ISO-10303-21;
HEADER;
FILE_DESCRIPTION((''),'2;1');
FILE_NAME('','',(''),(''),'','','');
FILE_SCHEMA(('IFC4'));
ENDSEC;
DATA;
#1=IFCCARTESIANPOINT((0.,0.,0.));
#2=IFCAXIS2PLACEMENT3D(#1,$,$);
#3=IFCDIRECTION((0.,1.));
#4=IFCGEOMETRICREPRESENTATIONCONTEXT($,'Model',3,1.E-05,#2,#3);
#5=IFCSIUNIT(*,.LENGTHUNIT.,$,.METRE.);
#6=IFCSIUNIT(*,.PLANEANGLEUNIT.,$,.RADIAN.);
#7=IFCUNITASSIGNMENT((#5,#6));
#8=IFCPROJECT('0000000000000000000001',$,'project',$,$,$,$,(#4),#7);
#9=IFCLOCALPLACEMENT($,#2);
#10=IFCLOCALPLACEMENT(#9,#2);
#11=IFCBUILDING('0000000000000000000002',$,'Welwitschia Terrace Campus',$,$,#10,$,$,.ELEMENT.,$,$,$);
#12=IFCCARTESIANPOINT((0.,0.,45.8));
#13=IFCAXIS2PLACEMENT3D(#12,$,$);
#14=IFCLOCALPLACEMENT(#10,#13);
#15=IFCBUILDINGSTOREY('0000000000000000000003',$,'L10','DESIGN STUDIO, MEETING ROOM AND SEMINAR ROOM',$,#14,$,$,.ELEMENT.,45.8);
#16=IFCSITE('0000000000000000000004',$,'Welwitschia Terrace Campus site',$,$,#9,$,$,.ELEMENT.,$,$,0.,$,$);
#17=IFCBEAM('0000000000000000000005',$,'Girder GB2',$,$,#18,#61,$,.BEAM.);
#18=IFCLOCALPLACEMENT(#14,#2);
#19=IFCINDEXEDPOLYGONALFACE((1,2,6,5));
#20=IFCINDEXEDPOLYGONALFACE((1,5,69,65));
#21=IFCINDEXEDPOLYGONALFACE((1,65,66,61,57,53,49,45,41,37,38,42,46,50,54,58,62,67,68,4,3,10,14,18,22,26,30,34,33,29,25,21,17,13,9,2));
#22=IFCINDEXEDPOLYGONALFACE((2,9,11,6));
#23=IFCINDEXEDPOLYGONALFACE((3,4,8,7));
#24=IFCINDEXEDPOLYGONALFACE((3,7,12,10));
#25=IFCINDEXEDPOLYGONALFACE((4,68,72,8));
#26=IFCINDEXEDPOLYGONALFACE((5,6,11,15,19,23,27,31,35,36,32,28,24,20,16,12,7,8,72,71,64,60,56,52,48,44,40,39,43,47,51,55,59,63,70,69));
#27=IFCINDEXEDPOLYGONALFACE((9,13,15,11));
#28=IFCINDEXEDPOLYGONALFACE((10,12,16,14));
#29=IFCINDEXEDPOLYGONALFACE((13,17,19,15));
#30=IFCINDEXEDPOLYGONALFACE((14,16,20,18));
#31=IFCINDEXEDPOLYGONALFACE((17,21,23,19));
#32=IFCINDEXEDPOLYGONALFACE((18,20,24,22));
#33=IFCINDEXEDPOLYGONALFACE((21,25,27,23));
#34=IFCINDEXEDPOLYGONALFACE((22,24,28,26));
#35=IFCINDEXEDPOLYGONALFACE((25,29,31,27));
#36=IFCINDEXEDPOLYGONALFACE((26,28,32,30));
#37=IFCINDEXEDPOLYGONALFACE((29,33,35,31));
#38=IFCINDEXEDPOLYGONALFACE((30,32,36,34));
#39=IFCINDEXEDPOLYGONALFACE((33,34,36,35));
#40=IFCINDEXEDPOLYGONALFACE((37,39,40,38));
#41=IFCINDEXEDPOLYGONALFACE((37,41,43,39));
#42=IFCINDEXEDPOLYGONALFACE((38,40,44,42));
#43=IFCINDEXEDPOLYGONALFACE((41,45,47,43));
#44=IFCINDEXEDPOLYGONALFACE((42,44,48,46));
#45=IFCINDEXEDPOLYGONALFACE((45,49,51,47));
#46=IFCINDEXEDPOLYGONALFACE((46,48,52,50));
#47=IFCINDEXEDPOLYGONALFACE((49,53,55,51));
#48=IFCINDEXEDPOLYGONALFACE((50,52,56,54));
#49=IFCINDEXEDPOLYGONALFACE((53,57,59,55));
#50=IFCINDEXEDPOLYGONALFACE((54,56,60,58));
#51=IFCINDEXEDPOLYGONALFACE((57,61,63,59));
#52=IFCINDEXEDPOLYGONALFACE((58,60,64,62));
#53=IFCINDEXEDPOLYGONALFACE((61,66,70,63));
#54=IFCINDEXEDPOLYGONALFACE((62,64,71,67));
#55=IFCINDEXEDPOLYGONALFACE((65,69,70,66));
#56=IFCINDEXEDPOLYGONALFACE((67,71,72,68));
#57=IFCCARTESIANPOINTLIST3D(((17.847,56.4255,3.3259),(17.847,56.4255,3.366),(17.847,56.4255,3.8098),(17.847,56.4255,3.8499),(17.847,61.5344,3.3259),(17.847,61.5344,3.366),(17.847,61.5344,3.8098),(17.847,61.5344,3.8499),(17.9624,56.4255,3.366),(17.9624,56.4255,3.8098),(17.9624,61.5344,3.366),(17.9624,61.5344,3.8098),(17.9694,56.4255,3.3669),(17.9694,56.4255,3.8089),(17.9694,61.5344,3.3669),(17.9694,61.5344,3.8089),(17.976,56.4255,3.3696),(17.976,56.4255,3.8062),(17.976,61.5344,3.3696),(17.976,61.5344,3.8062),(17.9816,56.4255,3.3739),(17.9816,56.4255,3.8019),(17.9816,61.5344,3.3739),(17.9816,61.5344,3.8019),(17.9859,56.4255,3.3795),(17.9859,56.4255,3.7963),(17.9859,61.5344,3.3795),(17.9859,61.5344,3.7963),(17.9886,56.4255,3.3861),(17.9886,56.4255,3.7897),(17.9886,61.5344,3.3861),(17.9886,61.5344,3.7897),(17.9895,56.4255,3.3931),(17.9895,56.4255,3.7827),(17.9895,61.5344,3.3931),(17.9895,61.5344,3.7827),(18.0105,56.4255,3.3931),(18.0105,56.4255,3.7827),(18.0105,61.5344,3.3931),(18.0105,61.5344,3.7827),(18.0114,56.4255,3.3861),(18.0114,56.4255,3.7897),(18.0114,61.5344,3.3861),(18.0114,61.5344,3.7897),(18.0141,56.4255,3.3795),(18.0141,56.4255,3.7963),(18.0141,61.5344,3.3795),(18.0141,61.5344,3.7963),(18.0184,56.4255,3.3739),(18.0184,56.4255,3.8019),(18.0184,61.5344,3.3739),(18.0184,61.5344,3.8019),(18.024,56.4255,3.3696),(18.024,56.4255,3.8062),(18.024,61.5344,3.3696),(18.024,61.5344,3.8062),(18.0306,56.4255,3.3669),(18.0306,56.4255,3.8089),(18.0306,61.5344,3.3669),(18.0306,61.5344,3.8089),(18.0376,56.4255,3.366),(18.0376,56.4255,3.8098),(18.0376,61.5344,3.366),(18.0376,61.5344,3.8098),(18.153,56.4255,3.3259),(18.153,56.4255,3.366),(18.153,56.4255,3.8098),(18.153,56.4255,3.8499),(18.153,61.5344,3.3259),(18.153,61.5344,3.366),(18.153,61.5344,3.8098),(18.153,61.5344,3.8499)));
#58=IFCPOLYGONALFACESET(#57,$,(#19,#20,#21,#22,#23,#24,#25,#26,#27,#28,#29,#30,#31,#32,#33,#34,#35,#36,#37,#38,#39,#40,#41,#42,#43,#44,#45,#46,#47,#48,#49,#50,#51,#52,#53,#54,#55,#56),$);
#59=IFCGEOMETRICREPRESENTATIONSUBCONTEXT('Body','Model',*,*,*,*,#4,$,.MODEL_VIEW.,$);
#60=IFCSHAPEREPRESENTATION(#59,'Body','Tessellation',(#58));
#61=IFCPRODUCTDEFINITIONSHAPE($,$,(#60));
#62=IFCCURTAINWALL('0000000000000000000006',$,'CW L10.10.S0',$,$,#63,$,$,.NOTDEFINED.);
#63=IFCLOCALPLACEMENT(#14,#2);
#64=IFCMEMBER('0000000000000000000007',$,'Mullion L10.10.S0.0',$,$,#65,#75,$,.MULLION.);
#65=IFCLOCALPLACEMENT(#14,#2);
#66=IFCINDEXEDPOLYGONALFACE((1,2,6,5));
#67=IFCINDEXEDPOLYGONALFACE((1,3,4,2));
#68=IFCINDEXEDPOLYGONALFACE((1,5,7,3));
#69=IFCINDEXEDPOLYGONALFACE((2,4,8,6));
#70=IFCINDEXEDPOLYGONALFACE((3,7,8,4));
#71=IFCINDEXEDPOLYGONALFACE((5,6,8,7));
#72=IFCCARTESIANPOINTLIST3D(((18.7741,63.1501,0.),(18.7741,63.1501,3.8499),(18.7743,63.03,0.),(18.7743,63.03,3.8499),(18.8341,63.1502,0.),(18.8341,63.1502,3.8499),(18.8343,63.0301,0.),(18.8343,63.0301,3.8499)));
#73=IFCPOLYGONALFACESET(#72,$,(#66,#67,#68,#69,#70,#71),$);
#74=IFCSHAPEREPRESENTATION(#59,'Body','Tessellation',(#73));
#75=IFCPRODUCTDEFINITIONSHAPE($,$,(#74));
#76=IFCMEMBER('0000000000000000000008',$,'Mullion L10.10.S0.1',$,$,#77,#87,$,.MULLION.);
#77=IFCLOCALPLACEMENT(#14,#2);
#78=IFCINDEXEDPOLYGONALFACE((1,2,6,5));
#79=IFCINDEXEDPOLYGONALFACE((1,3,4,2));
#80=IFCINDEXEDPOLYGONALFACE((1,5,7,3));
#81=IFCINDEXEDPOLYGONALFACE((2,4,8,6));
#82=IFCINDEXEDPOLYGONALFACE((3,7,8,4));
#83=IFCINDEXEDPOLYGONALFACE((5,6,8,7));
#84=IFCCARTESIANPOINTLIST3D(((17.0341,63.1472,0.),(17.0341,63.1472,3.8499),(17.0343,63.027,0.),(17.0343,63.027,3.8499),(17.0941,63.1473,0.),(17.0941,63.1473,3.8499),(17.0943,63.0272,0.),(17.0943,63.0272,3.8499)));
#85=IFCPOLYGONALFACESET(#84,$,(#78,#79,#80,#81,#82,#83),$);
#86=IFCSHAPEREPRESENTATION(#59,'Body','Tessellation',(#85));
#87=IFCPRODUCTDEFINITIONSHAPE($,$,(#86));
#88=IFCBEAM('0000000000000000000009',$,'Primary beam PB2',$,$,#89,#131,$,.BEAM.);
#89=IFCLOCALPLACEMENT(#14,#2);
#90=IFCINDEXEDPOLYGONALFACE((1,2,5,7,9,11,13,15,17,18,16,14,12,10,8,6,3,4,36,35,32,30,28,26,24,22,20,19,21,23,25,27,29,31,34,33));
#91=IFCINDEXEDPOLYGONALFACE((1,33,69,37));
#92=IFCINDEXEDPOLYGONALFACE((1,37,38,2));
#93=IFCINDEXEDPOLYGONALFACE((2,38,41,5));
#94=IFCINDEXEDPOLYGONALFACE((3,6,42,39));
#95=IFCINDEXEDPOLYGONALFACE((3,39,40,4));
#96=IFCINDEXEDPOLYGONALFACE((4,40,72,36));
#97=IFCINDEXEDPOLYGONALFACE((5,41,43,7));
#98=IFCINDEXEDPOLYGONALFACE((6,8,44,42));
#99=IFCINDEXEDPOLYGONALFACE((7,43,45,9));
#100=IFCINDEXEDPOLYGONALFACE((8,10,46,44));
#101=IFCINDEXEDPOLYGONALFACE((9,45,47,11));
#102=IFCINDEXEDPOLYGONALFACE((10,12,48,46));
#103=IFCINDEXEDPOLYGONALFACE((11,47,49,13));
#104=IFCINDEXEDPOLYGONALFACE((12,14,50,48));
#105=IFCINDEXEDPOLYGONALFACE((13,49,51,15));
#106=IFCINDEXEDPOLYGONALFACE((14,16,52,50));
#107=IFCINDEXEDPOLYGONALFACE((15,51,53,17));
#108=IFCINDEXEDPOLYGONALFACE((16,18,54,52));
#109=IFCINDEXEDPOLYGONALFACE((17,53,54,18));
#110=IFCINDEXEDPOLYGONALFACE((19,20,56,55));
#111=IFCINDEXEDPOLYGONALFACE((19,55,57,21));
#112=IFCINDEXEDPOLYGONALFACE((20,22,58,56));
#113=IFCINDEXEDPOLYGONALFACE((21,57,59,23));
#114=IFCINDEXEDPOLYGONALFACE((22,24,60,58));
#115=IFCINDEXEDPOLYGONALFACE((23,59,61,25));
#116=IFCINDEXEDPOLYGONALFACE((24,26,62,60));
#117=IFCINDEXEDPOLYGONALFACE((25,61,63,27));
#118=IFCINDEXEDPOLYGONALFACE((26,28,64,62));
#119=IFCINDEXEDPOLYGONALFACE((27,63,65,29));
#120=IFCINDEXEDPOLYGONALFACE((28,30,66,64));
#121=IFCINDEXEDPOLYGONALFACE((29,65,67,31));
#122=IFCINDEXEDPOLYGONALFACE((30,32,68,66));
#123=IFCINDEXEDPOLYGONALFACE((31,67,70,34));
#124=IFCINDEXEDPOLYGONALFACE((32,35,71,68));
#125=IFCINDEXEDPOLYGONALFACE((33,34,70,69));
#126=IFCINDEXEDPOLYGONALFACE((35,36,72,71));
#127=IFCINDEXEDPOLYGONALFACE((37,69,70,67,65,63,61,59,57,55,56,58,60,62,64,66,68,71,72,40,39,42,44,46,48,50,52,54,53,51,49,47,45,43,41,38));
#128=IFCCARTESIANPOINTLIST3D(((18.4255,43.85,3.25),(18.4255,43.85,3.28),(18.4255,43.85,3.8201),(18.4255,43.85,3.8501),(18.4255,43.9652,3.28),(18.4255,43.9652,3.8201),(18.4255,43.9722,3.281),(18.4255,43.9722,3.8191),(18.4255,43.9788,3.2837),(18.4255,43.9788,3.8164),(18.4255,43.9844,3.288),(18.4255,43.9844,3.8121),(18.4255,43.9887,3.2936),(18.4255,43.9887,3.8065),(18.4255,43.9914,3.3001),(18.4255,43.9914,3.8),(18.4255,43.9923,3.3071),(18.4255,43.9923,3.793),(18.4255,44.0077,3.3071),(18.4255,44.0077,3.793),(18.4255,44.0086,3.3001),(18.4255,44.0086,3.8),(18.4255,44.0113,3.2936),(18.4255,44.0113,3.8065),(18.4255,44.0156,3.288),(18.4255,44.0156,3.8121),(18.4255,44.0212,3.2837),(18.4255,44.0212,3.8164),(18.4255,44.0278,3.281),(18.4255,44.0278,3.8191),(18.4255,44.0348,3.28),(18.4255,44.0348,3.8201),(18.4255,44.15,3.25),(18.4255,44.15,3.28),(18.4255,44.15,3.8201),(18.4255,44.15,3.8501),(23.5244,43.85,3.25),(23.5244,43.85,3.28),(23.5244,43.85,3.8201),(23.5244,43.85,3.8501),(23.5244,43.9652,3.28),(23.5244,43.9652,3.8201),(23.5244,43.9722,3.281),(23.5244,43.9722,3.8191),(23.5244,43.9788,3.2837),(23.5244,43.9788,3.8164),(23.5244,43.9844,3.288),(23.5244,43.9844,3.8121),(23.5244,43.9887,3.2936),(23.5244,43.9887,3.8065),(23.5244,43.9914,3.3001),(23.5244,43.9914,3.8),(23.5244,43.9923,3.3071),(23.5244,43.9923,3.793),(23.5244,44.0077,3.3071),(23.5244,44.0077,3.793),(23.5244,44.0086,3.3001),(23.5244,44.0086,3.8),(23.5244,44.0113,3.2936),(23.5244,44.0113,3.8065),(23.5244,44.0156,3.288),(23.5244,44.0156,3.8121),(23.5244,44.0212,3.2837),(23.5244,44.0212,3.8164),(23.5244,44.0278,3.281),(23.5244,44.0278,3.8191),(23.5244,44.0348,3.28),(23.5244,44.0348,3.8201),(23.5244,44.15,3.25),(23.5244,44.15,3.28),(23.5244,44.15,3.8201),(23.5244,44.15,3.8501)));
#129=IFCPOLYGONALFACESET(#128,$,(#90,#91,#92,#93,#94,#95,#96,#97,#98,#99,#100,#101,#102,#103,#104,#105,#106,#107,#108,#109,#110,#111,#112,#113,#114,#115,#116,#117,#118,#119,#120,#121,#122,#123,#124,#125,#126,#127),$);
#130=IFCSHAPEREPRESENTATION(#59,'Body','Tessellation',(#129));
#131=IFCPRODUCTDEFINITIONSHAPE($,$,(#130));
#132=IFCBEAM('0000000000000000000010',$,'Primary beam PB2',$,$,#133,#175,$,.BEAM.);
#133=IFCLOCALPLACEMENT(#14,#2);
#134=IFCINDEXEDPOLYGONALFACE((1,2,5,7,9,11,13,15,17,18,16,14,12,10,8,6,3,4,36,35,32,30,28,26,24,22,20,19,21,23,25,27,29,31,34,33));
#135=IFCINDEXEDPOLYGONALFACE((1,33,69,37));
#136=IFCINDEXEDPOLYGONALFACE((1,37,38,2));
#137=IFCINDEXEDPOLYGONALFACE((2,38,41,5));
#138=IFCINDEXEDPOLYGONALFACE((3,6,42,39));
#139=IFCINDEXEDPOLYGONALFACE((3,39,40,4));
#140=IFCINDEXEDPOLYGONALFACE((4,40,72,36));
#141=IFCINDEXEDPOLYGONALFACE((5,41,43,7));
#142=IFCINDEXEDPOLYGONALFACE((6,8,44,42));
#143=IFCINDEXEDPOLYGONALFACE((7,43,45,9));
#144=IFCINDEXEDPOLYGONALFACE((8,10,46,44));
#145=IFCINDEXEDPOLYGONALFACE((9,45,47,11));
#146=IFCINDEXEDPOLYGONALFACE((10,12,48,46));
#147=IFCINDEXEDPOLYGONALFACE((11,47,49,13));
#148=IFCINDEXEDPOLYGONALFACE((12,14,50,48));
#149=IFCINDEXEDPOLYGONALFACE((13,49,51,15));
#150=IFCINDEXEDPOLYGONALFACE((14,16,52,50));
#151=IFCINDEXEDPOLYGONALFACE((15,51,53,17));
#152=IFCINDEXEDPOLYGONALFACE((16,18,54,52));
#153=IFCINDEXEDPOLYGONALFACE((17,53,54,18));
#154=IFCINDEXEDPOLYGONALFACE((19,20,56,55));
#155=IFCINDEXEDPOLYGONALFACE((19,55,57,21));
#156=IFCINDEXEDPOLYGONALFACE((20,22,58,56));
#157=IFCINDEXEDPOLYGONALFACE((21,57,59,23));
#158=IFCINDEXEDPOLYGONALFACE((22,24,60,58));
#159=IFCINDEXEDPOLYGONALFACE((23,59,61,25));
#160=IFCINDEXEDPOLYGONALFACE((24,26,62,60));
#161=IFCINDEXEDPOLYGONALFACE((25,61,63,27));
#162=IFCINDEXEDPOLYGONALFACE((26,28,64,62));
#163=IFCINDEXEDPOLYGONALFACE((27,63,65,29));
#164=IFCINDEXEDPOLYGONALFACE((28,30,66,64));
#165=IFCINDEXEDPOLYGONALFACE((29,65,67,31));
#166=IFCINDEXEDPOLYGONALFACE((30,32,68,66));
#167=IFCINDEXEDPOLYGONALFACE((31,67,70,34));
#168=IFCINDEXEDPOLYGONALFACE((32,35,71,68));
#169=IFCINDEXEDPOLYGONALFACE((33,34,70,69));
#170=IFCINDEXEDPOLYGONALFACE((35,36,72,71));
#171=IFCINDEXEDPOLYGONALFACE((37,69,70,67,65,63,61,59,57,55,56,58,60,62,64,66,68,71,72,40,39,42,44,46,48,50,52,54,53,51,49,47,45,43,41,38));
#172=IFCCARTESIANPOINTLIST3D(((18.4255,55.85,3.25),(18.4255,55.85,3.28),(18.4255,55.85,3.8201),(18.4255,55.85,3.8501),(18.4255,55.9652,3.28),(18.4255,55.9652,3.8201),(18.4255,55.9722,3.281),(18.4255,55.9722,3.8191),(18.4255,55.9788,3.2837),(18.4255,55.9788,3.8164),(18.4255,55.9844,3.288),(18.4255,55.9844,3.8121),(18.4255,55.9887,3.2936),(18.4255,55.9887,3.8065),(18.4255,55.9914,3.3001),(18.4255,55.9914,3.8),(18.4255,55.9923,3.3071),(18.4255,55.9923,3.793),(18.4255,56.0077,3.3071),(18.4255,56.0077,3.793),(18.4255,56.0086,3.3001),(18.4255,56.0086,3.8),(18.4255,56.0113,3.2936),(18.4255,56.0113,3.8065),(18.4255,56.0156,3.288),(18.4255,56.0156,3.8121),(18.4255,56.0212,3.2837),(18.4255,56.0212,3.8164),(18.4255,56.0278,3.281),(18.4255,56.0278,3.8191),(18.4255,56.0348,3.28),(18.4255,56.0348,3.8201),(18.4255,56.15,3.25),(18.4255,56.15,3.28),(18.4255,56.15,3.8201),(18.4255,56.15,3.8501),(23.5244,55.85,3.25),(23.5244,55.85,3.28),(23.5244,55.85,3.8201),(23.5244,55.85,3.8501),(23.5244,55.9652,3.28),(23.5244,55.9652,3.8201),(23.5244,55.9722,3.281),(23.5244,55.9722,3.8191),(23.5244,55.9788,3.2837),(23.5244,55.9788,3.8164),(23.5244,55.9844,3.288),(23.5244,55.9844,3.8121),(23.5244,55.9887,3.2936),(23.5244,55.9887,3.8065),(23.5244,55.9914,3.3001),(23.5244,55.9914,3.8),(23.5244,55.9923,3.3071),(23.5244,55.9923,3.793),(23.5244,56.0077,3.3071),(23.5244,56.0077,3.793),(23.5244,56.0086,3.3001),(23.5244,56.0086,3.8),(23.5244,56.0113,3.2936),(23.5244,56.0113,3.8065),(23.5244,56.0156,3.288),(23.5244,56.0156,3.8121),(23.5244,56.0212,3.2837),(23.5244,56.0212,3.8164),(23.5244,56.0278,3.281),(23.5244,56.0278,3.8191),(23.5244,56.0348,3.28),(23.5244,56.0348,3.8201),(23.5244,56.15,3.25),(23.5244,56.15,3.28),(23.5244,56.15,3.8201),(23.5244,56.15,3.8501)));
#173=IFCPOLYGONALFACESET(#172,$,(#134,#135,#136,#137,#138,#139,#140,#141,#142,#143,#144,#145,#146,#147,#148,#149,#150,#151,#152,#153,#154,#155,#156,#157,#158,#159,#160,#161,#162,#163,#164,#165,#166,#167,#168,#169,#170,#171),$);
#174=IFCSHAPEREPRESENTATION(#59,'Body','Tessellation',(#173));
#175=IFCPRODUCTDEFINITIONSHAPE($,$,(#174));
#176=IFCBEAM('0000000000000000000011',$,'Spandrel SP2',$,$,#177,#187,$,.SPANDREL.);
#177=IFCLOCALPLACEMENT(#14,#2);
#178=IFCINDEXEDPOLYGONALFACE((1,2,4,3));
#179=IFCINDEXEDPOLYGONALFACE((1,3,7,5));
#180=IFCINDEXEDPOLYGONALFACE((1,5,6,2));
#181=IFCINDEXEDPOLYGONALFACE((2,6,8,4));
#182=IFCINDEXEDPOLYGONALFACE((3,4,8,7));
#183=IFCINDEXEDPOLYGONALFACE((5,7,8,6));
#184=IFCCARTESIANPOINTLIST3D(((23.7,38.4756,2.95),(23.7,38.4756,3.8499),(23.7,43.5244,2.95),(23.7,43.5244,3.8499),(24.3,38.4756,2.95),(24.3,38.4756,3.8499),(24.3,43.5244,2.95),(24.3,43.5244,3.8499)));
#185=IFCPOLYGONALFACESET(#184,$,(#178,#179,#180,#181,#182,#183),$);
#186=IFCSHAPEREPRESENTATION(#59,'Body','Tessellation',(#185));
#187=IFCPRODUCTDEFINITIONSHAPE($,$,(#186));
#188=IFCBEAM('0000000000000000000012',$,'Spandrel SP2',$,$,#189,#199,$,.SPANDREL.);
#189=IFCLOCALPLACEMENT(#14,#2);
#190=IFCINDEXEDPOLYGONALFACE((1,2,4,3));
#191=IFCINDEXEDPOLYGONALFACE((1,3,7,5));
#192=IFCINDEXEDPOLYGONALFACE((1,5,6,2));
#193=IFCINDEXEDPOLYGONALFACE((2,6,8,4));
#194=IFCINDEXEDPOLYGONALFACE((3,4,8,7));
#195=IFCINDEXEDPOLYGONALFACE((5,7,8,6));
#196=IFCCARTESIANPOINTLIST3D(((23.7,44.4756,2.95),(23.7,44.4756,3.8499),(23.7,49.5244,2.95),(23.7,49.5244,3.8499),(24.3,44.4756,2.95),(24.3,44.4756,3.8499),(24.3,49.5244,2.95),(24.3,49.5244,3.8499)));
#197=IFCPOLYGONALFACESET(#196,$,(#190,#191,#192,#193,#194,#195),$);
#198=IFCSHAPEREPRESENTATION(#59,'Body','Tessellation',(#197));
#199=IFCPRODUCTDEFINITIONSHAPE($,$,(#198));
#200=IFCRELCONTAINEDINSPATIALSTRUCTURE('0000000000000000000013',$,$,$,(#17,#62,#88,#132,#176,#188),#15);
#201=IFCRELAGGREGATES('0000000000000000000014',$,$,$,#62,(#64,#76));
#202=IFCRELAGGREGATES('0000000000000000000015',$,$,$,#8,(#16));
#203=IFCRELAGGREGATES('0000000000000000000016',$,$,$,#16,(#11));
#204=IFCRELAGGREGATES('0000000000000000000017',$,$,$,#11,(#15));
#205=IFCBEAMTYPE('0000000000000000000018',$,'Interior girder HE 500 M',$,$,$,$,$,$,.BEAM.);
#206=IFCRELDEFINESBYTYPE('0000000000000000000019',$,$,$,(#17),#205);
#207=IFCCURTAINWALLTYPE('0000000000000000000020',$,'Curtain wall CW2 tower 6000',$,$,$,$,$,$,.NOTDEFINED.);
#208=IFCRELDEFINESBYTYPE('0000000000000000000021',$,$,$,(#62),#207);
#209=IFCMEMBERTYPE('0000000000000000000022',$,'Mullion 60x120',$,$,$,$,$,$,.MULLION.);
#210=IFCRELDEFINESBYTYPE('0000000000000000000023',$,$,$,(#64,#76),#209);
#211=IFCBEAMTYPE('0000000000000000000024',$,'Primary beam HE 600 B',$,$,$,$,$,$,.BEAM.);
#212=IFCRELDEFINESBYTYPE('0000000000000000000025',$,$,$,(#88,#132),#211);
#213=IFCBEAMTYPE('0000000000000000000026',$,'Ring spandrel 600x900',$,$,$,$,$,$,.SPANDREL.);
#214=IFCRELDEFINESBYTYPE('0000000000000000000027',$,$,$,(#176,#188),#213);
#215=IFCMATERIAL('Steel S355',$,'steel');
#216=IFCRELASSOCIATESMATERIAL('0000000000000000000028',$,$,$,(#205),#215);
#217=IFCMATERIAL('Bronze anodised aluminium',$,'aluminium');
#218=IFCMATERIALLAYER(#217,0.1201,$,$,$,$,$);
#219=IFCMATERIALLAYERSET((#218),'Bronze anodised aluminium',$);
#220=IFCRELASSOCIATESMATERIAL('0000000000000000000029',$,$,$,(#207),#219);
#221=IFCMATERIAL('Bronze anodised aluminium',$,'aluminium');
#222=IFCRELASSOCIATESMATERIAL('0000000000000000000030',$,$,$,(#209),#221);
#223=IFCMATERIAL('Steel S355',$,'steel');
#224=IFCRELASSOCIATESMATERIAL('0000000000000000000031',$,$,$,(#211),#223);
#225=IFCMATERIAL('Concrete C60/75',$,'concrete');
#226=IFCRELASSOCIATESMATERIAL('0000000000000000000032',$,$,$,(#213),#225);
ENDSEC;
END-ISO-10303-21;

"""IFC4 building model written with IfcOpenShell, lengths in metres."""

from ifc_helpers import new_model, si_unit, direction, frame, origin, origin_2d, place, context, subcontext, project, spatial, rectangle, i_section, extrude, material, layer, layer_set, material_profile, profile_set, type_object, element, aggregate, save


model = new_model("IFC4")

# Units and contexts
model_context = context("Model", 3, precision=1e-05, world=origin(), true_north=direction((0.0, 1.0)))
body_context = subcontext(model_context, "Body", "Model", "MODEL_VIEW")
ifc_project = project(units=[si_unit("LENGTHUNIT", "METRE"), si_unit("PLANEANGLEUNIT", "RADIAN")], contexts=[model_context])

# Site, building, storey
site_placement = place(None, origin())
site = spatial("IfcSite", under=ifc_project, at=site_placement, Name="Welwitschia Terrace Campus site", CompositionType="ELEMENT", RefElevation=0.0)
building_placement = place(site_placement, origin())
building = spatial("IfcBuilding", under=site, at=building_placement, Name="Welwitschia Terrace Campus", CompositionType="ELEMENT")
storey_placement = place(building_placement, frame((0.0, 0.0, 45.8)))
storey = spatial("IfcBuildingStorey", under=building, at=storey_placement, Name="L10", Description="DESIGN STUDIO, MEETING ROOM AND SEMINAR ROOM", CompositionType="ELEMENT", Elevation=45.8)

# Beam
ifc_material_1 = material(Name="Steel S355", Category="steel")
ifc_material_profile_1 = material_profile(ifc_material_1, i_section(OverallWidth=0.3059, OverallDepth=0.5239, WebThickness=0.021, FlangeThickness=0.04, FilletRadius=0.0271, at=origin_2d()))
ifc_profile_set_1 = profile_set([ifc_material_profile_1], Name="Steel S355")
beam_type_1 = type_object("IfcBeamType", Name="Interior girder HE 500 M", PredefinedType="BEAM", material=ifc_profile_set_1)
beam_1_placement = place(storey_placement, frame((18.0, 56.4255, 3.5879), z_axis=(0.0, 1.0, 0.0), x_axis=(-1.0, 0.0, 0.0)))
element("IfcBeam", 1, at=beam_1_placement, inside=storey, type_object=beam_type_1, Name="Girder GB2", PredefinedType="BEAM", context=body_context, shape_type="SweptSolid", body=[
    extrude(i_section(OverallWidth=0.3059, OverallDepth=0.5239, WebThickness=0.021, FlangeThickness=0.04, FilletRadius=0.0271, at=origin_2d()), origin(), (0.0, 0.0, 1.0), 5.1089),
])

# Curtain wall, members
ifc_material_2 = material(Name="Bronze anodised aluminium", Category="aluminium")
ifc_layer_1 = layer(ifc_material_2, 0.1201)
ifc_layer_set_1 = layer_set([ifc_layer_1], Name="Bronze anodised aluminium")
curtain_wall_type = type_object("IfcCurtainWallType", Name="Curtain wall CW2 tower 6000", PredefinedType="NOTDEFINED", material=ifc_layer_set_1)
curtain_wall_placement = place(storey_placement, origin())
curtain_wall = element("IfcCurtainWall", 2, at=curtain_wall_placement, inside=storey, type_object=curtain_wall_type, Name="CW L10.10.S0", PredefinedType="NOTDEFINED")
ifc_material_3 = material(Name="Bronze anodised aluminium", Category="aluminium")
ifc_material_profile_2 = material_profile(ifc_material_3, rectangle(XDim=0.1201, YDim=0.0601, at=origin_2d()))
ifc_profile_set_2 = profile_set([ifc_material_profile_2], Name="Bronze anodised aluminium")
member_type_1 = type_object("IfcMemberType", Name="Mullion 60x120", PredefinedType="MULLION", material=ifc_profile_set_2)
member_1_placement = place(storey_placement, frame((18.8042, 63.0901, 0.0), z_axis=(0.0, 0.0, 1.0), x_axis=(0.001706, -0.999999, 0.0)))
member_1 = element("IfcMember", 3, at=member_1_placement, type_object=member_type_1, Name="Mullion L10.10.S0.0", PredefinedType="MULLION", context=body_context, shape_type="SweptSolid", body=[
    extrude(rectangle(XDim=0.1201, YDim=0.0601, at=origin_2d()), origin(), (0.0, 0.0, 1.0), 3.8499),
])
member_2_placement = place(storey_placement, frame((17.0642, 63.0872, 0.0), z_axis=(0.0, 0.0, 1.0), x_axis=(0.001706, -0.999999, 0.0)))
member_2 = element("IfcMember", 4, at=member_2_placement, type_object=member_type_1, Name="Mullion L10.10.S0.1", PredefinedType="MULLION", context=body_context, shape_type="SweptSolid", body=[
    extrude(rectangle(XDim=0.1201, YDim=0.0601, at=origin_2d()), origin(), (0.0, 0.0, 1.0), 3.8499),
])

# Beams
ifc_material_4 = material(Name="Steel S355", Category="steel")
ifc_material_profile_3 = material_profile(ifc_material_4, i_section(OverallWidth=0.3, OverallDepth=0.6001, WebThickness=0.0154, FlangeThickness=0.03, FilletRadius=0.0271, at=origin_2d()))
ifc_profile_set_3 = profile_set([ifc_material_profile_3], Name="Steel S355")
beam_type_2 = type_object("IfcBeamType", Name="Primary beam HE 600 B", PredefinedType="BEAM", material=ifc_profile_set_3)
for number, where, z_axis, x_axis, name in (
    (5, (23.5244, 44.0, 3.55), (-1.0, 0.0, 0.0), (0.0, -1.0, 0.0), "Primary beam PB2"),
    (6, (23.5244, 56.0, 3.55), (-1.0, 0.0, 0.0), (0.0, -1.0, 0.0), "Primary beam PB2"),
):
    element("IfcBeam", number, at=place(storey_placement, frame(where, z_axis=z_axis, x_axis=x_axis)), inside=storey, type_object=beam_type_2, Name=name, PredefinedType="BEAM", context=body_context, shape_type="SweptSolid", body=[
        extrude(i_section(OverallWidth=0.3, OverallDepth=0.6001, WebThickness=0.0154, FlangeThickness=0.03, FilletRadius=0.0271, at=origin_2d()), origin(), (0.0, 0.0, 1.0), 5.0989),
    ])
ifc_material_5 = material(Name="Concrete C60/75", Category="concrete")
ifc_material_profile_4 = material_profile(ifc_material_5, rectangle(XDim=0.6001, YDim=0.8999, at=origin_2d()))
ifc_profile_set_4 = profile_set([ifc_material_profile_4], Name="Concrete C60/75")
beam_type_3 = type_object("IfcBeamType", Name="Ring spandrel 600x900", PredefinedType="SPANDREL", material=ifc_profile_set_4)
for number, where, z_axis, x_axis, name in (
    (7, (24.0, 38.4756, 3.3999), (0.0, 1.0, 0.0), (-1.0, 0.0, 0.0), "Spandrel SP2"),
    (8, (24.0, 44.4756, 3.3999), (0.0, 1.0, 0.0), (-1.0, 0.0, 0.0), "Spandrel SP2"),
):
    element("IfcBeam", number, at=place(storey_placement, frame(where, z_axis=z_axis, x_axis=x_axis)), inside=storey, type_object=beam_type_3, Name=name, PredefinedType="SPANDREL", context=body_context, shape_type="SweptSolid", body=[
        extrude(rectangle(XDim=0.6001, YDim=0.8999, at=origin_2d()), origin(), (0.0, 0.0, 1.0), 5.0488),
    ])

aggregate(curtain_wall, [member_1, member_2])

save(model, "model.ifc")
